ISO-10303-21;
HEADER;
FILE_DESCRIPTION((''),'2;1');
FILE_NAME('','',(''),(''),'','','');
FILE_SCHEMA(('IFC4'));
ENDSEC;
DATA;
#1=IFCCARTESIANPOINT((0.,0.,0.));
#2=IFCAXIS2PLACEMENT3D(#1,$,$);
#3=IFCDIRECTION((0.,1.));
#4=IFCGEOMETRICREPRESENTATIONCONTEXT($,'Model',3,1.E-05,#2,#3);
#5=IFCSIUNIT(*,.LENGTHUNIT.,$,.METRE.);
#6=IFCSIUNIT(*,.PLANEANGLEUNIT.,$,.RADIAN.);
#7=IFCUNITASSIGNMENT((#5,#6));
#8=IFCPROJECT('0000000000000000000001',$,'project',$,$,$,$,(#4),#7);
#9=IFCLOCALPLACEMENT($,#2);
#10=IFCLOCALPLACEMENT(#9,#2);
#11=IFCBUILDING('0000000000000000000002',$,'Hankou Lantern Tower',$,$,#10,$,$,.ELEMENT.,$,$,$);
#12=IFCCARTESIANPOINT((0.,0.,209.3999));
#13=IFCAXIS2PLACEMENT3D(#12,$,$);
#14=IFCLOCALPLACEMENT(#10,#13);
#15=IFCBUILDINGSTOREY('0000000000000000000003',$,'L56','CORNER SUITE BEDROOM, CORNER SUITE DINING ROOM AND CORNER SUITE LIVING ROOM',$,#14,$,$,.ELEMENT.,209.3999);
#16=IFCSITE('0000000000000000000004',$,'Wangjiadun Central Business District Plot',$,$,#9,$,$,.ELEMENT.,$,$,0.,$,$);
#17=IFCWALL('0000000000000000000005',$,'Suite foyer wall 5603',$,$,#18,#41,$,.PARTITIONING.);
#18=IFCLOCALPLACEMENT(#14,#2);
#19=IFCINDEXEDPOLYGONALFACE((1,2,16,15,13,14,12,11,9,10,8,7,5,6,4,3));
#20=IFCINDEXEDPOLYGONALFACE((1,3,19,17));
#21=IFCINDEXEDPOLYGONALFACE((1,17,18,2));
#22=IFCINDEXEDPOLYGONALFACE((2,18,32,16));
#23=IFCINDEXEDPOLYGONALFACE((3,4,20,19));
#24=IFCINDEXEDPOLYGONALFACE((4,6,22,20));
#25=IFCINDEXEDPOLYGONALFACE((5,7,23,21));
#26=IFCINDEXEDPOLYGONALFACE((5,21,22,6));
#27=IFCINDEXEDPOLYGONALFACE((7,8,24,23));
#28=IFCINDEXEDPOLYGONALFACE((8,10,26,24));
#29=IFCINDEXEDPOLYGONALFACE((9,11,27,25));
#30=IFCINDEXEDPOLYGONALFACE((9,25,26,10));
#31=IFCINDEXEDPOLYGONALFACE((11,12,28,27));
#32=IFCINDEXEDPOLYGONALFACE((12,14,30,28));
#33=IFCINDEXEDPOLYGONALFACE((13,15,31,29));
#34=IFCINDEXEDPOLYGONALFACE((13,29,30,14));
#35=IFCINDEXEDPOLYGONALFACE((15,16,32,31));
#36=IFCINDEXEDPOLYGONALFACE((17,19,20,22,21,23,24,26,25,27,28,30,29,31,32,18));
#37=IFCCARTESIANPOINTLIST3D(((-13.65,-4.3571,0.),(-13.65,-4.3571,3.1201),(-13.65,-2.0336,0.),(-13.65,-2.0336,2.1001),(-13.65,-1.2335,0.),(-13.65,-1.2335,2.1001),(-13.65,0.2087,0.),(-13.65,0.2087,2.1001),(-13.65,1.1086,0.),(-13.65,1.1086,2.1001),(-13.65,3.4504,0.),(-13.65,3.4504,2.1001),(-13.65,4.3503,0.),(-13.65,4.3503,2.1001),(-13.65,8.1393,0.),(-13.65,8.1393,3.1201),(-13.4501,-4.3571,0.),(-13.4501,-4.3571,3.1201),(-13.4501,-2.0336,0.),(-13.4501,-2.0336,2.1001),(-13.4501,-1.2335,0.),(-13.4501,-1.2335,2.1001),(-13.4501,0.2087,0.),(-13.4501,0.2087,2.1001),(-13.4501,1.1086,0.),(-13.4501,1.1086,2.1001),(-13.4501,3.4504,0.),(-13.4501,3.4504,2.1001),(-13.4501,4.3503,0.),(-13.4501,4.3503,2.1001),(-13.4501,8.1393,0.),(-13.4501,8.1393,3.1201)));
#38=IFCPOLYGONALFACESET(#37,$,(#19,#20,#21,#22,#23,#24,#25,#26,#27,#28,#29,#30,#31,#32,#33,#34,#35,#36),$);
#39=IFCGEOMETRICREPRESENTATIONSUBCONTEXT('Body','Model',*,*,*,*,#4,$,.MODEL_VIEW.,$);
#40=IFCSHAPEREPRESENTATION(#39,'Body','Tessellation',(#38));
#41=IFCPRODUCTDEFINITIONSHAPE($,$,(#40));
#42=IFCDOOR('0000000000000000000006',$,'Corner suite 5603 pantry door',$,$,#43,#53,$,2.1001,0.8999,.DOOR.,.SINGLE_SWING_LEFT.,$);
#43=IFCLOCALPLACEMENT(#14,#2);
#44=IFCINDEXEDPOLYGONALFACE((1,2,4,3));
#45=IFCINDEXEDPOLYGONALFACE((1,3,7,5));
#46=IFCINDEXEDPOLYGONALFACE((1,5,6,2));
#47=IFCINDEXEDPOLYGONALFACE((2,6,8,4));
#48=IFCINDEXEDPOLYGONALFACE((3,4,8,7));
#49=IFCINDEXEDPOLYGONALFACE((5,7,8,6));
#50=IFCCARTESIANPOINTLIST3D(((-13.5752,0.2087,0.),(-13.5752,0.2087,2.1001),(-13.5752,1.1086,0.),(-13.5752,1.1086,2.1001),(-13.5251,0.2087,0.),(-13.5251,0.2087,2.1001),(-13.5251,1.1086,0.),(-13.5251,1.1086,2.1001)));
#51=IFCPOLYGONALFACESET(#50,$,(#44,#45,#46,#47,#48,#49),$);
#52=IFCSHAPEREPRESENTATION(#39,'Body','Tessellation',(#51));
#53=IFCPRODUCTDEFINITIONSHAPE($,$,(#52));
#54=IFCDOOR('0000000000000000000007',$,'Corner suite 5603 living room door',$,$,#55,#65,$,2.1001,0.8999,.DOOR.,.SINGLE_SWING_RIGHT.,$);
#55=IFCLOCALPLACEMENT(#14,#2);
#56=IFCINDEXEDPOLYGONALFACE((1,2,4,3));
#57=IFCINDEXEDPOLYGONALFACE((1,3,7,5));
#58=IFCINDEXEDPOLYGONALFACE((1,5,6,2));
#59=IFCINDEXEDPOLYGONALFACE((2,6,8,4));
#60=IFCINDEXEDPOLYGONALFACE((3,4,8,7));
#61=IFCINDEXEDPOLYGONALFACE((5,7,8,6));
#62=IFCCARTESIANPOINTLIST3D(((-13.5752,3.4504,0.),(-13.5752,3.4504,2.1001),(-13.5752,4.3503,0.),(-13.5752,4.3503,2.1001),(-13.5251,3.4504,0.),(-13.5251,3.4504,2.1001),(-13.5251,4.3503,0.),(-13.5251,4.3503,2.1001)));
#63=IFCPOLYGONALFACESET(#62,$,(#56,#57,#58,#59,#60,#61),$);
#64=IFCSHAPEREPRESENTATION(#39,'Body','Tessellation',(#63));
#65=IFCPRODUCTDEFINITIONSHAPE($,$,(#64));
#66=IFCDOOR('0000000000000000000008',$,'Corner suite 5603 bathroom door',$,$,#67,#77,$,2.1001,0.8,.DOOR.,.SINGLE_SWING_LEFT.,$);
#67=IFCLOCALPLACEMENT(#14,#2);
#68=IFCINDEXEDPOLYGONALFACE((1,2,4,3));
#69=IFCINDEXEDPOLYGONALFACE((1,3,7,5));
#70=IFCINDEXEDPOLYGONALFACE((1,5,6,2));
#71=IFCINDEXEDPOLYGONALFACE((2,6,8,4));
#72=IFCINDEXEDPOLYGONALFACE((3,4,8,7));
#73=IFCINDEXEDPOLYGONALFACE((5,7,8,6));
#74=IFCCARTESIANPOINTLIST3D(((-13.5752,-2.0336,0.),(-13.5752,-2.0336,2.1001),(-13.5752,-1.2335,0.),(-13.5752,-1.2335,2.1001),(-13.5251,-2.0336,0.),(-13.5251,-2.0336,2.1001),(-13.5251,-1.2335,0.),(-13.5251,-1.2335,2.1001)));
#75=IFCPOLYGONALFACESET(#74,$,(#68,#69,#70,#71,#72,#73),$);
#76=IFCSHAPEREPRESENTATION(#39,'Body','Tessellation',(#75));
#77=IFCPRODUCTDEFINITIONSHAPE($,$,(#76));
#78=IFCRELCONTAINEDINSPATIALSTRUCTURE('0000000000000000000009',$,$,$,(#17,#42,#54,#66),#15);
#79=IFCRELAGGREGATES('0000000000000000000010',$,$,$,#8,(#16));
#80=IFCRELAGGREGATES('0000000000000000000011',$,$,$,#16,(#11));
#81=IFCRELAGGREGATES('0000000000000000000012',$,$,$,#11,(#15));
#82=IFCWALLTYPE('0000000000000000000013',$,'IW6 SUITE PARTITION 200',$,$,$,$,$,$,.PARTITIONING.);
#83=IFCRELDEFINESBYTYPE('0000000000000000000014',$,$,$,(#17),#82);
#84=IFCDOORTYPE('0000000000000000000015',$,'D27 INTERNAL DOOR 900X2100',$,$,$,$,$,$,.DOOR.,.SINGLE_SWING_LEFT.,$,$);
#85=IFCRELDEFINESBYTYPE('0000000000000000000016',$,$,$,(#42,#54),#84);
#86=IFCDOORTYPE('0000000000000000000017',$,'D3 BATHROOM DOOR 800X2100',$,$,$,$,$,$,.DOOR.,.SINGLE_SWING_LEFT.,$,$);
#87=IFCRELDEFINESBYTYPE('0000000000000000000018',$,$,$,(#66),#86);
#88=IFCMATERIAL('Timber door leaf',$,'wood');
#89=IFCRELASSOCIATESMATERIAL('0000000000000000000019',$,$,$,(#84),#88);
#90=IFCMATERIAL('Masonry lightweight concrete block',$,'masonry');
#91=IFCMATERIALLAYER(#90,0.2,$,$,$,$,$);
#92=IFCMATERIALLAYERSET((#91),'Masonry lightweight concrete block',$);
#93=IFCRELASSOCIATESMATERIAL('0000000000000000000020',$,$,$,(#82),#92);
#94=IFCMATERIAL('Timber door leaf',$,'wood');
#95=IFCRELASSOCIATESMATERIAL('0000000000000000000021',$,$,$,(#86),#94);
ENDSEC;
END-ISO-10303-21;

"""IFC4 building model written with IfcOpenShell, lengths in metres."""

from ifc_helpers import new_model, si_unit, direction, frame, frame_2d, origin, place, context, subcontext, project, spatial, rectangle, extrude, material, layer, layer_set, type_object, element, fill, save


model = new_model("IFC4")

# Units and contexts
model_context = context("Model", 3, precision=1e-05, world=origin(), true_north=direction((0.0, 1.0)))
body_context = subcontext(model_context, "Body", "Model", "MODEL_VIEW")
ifc_project = project(units=[si_unit("LENGTHUNIT", "METRE"), si_unit("PLANEANGLEUNIT", "RADIAN")], contexts=[model_context])

# Site, building, storey
site_placement = place(None, origin())
site = spatial("IfcSite", under=ifc_project, at=site_placement, Name="Wangjiadun Central Business District Plot", CompositionType="ELEMENT", RefElevation=0.0)
building_placement = place(site_placement, origin())
building = spatial("IfcBuilding", under=site, at=building_placement, Name="Hankou Lantern Tower", CompositionType="ELEMENT")
storey_placement = place(building_placement, frame((0.0, 0.0, 209.3999)))
storey = spatial("IfcBuildingStorey", under=building, at=storey_placement, Name="L56", Description="CORNER SUITE BEDROOM, CORNER SUITE DINING ROOM AND CORNER SUITE LIVING ROOM", CompositionType="ELEMENT", Elevation=209.3999)

# Shared definitions
ifc_material_1 = material(Name="Timber door leaf", Category="wood")
door_type_1 = type_object("IfcDoorType", Name="D27 INTERNAL DOOR 900X2100", OperationType="SINGLE_SWING_LEFT", PredefinedType="DOOR", material=ifc_material_1)

# Shared definitions
ifc_material_2 = material(Name="Masonry lightweight concrete block", Category="masonry")
ifc_layer_1 = layer(ifc_material_2, 0.2)
ifc_layer_set_1 = layer_set([ifc_layer_1], Name="Masonry lightweight concrete block")
wall_type_1 = type_object("IfcWallType", Name="IW6 SUITE PARTITION 200", PredefinedType="PARTITIONING", material=ifc_layer_set_1)

# Wall, openings, doors
wall_1_placement = place(storey_placement, frame((-13.55, 8.1392, 0.0), z_axis=(0.0, 0.0, 1.0), x_axis=(0.0, -1.0, 0.0)))
wall_1 = element("IfcWall", 1, at=wall_1_placement, inside=storey, type_object=wall_type_1, Name="Suite foyer wall 5603", PredefinedType="PARTITIONING", context=body_context, shape_type="SweptSolid", body=[
    extrude(rectangle(XDim=12.4963, YDim=0.2, at=frame_2d((6.248, 0.0))), origin(), (0.0, 0.0, 1.0), 3.1201),
])
opening_1_placement = place(wall_1_placement, frame((7.0305, 0.0, 0.0)))
opening_1 = element("IfcOpeningElement", 2, at=opening_1_placement, cuts=wall_1, PredefinedType="OPENING", context=body_context, shape_type="SweptSolid", body=[
    extrude(rectangle(XDim=0.8999, YDim=2.1001, at=frame_2d((0.45, 1.05))), frame((0.0, 0.1099, 0.0), z_axis=(0.0, -1.0, 0.0), x_axis=(1.0, 0.0, 0.0)), (0.0, 0.0, 1.0), 0.22),
])
opening_2_placement = place(wall_1_placement, frame((9.3728, 0.0, 0.0)))
opening_2 = element("IfcOpeningElement", 3, at=opening_2_placement, cuts=wall_1, PredefinedType="OPENING", context=body_context, shape_type="SweptSolid", body=[
    extrude(rectangle(XDim=0.8, YDim=2.1001, at=frame_2d((0.3999, 1.05))), frame((0.0, 0.1099, 0.0), z_axis=(0.0, -1.0, 0.0), x_axis=(1.0, 0.0, 0.0)), (0.0, 0.0, 1.0), 0.22),
])
opening_3_placement = place(wall_1_placement, frame((3.7888, 0.0, 0.0)))
opening_3 = element("IfcOpeningElement", 4, at=opening_3_placement, cuts=wall_1, PredefinedType="OPENING", context=body_context, shape_type="SweptSolid", body=[
    extrude(rectangle(XDim=0.8999, YDim=2.1001, at=frame_2d((0.45, 1.05))), frame((0.0, 0.1099, 0.0), z_axis=(0.0, -1.0, 0.0), x_axis=(1.0, 0.0, 0.0)), (0.0, 0.0, 1.0), 0.22),
])
door_1_placement = place(opening_1_placement, origin())
door_1 = element("IfcDoor", 5, at=door_1_placement, inside=storey, type_object=door_type_1, Name="Corner suite 5603 pantry door", OperationType="SINGLE_SWING_LEFT", OverallHeight=2.1001, OverallWidth=0.8999, PredefinedType="DOOR", context=body_context, shape_type="SweptSolid", body=[
    extrude(rectangle(XDim=0.8999, YDim=2.1001, at=frame_2d((0.45, 1.05))), frame((0.0, 0.0249, 0.0), z_axis=(0.0, -1.0, 0.0), x_axis=(1.0, 0.0, 0.0)), (0.0, 0.0, 1.0), 0.05),
])
fill(opening_1, door_1)
door_2_placement = place(opening_3_placement, origin())
door_2 = element("IfcDoor", 6, at=door_2_placement, inside=storey, type_object=door_type_1, Name="Corner suite 5603 living room door", OperationType="SINGLE_SWING_RIGHT", OverallHeight=2.1001, OverallWidth=0.8999, PredefinedType="DOOR", context=body_context, shape_type="SweptSolid", body=[
    extrude(rectangle(XDim=0.8999, YDim=2.1001, at=frame_2d((0.45, 1.05))), frame((0.0, 0.0249, 0.0), z_axis=(0.0, -1.0, 0.0), x_axis=(1.0, 0.0, 0.0)), (0.0, 0.0, 1.0), 0.05),
])
fill(opening_3, door_2)
ifc_material_3 = material(Name="Timber door leaf", Category="wood")
door_type_2 = type_object("IfcDoorType", Name="D3 BATHROOM DOOR 800X2100", OperationType="SINGLE_SWING_LEFT", PredefinedType="DOOR", material=ifc_material_3)
door_3_placement = place(opening_2_placement, origin())
door_3 = element("IfcDoor", 7, at=door_3_placement, inside=storey, type_object=door_type_2, Name="Corner suite 5603 bathroom door", OperationType="SINGLE_SWING_LEFT", OverallHeight=2.1001, OverallWidth=0.8, PredefinedType="DOOR", context=body_context, shape_type="SweptSolid", body=[
    extrude(rectangle(XDim=0.8, YDim=2.1001, at=frame_2d((0.3999, 1.05))), frame((0.0, 0.0249, 0.0), z_axis=(0.0, -1.0, 0.0), x_axis=(1.0, 0.0, 0.0)), (0.0, 0.0, 1.0), 0.05),
])
fill(opening_2, door_3)

save(model, "model.ifc")
